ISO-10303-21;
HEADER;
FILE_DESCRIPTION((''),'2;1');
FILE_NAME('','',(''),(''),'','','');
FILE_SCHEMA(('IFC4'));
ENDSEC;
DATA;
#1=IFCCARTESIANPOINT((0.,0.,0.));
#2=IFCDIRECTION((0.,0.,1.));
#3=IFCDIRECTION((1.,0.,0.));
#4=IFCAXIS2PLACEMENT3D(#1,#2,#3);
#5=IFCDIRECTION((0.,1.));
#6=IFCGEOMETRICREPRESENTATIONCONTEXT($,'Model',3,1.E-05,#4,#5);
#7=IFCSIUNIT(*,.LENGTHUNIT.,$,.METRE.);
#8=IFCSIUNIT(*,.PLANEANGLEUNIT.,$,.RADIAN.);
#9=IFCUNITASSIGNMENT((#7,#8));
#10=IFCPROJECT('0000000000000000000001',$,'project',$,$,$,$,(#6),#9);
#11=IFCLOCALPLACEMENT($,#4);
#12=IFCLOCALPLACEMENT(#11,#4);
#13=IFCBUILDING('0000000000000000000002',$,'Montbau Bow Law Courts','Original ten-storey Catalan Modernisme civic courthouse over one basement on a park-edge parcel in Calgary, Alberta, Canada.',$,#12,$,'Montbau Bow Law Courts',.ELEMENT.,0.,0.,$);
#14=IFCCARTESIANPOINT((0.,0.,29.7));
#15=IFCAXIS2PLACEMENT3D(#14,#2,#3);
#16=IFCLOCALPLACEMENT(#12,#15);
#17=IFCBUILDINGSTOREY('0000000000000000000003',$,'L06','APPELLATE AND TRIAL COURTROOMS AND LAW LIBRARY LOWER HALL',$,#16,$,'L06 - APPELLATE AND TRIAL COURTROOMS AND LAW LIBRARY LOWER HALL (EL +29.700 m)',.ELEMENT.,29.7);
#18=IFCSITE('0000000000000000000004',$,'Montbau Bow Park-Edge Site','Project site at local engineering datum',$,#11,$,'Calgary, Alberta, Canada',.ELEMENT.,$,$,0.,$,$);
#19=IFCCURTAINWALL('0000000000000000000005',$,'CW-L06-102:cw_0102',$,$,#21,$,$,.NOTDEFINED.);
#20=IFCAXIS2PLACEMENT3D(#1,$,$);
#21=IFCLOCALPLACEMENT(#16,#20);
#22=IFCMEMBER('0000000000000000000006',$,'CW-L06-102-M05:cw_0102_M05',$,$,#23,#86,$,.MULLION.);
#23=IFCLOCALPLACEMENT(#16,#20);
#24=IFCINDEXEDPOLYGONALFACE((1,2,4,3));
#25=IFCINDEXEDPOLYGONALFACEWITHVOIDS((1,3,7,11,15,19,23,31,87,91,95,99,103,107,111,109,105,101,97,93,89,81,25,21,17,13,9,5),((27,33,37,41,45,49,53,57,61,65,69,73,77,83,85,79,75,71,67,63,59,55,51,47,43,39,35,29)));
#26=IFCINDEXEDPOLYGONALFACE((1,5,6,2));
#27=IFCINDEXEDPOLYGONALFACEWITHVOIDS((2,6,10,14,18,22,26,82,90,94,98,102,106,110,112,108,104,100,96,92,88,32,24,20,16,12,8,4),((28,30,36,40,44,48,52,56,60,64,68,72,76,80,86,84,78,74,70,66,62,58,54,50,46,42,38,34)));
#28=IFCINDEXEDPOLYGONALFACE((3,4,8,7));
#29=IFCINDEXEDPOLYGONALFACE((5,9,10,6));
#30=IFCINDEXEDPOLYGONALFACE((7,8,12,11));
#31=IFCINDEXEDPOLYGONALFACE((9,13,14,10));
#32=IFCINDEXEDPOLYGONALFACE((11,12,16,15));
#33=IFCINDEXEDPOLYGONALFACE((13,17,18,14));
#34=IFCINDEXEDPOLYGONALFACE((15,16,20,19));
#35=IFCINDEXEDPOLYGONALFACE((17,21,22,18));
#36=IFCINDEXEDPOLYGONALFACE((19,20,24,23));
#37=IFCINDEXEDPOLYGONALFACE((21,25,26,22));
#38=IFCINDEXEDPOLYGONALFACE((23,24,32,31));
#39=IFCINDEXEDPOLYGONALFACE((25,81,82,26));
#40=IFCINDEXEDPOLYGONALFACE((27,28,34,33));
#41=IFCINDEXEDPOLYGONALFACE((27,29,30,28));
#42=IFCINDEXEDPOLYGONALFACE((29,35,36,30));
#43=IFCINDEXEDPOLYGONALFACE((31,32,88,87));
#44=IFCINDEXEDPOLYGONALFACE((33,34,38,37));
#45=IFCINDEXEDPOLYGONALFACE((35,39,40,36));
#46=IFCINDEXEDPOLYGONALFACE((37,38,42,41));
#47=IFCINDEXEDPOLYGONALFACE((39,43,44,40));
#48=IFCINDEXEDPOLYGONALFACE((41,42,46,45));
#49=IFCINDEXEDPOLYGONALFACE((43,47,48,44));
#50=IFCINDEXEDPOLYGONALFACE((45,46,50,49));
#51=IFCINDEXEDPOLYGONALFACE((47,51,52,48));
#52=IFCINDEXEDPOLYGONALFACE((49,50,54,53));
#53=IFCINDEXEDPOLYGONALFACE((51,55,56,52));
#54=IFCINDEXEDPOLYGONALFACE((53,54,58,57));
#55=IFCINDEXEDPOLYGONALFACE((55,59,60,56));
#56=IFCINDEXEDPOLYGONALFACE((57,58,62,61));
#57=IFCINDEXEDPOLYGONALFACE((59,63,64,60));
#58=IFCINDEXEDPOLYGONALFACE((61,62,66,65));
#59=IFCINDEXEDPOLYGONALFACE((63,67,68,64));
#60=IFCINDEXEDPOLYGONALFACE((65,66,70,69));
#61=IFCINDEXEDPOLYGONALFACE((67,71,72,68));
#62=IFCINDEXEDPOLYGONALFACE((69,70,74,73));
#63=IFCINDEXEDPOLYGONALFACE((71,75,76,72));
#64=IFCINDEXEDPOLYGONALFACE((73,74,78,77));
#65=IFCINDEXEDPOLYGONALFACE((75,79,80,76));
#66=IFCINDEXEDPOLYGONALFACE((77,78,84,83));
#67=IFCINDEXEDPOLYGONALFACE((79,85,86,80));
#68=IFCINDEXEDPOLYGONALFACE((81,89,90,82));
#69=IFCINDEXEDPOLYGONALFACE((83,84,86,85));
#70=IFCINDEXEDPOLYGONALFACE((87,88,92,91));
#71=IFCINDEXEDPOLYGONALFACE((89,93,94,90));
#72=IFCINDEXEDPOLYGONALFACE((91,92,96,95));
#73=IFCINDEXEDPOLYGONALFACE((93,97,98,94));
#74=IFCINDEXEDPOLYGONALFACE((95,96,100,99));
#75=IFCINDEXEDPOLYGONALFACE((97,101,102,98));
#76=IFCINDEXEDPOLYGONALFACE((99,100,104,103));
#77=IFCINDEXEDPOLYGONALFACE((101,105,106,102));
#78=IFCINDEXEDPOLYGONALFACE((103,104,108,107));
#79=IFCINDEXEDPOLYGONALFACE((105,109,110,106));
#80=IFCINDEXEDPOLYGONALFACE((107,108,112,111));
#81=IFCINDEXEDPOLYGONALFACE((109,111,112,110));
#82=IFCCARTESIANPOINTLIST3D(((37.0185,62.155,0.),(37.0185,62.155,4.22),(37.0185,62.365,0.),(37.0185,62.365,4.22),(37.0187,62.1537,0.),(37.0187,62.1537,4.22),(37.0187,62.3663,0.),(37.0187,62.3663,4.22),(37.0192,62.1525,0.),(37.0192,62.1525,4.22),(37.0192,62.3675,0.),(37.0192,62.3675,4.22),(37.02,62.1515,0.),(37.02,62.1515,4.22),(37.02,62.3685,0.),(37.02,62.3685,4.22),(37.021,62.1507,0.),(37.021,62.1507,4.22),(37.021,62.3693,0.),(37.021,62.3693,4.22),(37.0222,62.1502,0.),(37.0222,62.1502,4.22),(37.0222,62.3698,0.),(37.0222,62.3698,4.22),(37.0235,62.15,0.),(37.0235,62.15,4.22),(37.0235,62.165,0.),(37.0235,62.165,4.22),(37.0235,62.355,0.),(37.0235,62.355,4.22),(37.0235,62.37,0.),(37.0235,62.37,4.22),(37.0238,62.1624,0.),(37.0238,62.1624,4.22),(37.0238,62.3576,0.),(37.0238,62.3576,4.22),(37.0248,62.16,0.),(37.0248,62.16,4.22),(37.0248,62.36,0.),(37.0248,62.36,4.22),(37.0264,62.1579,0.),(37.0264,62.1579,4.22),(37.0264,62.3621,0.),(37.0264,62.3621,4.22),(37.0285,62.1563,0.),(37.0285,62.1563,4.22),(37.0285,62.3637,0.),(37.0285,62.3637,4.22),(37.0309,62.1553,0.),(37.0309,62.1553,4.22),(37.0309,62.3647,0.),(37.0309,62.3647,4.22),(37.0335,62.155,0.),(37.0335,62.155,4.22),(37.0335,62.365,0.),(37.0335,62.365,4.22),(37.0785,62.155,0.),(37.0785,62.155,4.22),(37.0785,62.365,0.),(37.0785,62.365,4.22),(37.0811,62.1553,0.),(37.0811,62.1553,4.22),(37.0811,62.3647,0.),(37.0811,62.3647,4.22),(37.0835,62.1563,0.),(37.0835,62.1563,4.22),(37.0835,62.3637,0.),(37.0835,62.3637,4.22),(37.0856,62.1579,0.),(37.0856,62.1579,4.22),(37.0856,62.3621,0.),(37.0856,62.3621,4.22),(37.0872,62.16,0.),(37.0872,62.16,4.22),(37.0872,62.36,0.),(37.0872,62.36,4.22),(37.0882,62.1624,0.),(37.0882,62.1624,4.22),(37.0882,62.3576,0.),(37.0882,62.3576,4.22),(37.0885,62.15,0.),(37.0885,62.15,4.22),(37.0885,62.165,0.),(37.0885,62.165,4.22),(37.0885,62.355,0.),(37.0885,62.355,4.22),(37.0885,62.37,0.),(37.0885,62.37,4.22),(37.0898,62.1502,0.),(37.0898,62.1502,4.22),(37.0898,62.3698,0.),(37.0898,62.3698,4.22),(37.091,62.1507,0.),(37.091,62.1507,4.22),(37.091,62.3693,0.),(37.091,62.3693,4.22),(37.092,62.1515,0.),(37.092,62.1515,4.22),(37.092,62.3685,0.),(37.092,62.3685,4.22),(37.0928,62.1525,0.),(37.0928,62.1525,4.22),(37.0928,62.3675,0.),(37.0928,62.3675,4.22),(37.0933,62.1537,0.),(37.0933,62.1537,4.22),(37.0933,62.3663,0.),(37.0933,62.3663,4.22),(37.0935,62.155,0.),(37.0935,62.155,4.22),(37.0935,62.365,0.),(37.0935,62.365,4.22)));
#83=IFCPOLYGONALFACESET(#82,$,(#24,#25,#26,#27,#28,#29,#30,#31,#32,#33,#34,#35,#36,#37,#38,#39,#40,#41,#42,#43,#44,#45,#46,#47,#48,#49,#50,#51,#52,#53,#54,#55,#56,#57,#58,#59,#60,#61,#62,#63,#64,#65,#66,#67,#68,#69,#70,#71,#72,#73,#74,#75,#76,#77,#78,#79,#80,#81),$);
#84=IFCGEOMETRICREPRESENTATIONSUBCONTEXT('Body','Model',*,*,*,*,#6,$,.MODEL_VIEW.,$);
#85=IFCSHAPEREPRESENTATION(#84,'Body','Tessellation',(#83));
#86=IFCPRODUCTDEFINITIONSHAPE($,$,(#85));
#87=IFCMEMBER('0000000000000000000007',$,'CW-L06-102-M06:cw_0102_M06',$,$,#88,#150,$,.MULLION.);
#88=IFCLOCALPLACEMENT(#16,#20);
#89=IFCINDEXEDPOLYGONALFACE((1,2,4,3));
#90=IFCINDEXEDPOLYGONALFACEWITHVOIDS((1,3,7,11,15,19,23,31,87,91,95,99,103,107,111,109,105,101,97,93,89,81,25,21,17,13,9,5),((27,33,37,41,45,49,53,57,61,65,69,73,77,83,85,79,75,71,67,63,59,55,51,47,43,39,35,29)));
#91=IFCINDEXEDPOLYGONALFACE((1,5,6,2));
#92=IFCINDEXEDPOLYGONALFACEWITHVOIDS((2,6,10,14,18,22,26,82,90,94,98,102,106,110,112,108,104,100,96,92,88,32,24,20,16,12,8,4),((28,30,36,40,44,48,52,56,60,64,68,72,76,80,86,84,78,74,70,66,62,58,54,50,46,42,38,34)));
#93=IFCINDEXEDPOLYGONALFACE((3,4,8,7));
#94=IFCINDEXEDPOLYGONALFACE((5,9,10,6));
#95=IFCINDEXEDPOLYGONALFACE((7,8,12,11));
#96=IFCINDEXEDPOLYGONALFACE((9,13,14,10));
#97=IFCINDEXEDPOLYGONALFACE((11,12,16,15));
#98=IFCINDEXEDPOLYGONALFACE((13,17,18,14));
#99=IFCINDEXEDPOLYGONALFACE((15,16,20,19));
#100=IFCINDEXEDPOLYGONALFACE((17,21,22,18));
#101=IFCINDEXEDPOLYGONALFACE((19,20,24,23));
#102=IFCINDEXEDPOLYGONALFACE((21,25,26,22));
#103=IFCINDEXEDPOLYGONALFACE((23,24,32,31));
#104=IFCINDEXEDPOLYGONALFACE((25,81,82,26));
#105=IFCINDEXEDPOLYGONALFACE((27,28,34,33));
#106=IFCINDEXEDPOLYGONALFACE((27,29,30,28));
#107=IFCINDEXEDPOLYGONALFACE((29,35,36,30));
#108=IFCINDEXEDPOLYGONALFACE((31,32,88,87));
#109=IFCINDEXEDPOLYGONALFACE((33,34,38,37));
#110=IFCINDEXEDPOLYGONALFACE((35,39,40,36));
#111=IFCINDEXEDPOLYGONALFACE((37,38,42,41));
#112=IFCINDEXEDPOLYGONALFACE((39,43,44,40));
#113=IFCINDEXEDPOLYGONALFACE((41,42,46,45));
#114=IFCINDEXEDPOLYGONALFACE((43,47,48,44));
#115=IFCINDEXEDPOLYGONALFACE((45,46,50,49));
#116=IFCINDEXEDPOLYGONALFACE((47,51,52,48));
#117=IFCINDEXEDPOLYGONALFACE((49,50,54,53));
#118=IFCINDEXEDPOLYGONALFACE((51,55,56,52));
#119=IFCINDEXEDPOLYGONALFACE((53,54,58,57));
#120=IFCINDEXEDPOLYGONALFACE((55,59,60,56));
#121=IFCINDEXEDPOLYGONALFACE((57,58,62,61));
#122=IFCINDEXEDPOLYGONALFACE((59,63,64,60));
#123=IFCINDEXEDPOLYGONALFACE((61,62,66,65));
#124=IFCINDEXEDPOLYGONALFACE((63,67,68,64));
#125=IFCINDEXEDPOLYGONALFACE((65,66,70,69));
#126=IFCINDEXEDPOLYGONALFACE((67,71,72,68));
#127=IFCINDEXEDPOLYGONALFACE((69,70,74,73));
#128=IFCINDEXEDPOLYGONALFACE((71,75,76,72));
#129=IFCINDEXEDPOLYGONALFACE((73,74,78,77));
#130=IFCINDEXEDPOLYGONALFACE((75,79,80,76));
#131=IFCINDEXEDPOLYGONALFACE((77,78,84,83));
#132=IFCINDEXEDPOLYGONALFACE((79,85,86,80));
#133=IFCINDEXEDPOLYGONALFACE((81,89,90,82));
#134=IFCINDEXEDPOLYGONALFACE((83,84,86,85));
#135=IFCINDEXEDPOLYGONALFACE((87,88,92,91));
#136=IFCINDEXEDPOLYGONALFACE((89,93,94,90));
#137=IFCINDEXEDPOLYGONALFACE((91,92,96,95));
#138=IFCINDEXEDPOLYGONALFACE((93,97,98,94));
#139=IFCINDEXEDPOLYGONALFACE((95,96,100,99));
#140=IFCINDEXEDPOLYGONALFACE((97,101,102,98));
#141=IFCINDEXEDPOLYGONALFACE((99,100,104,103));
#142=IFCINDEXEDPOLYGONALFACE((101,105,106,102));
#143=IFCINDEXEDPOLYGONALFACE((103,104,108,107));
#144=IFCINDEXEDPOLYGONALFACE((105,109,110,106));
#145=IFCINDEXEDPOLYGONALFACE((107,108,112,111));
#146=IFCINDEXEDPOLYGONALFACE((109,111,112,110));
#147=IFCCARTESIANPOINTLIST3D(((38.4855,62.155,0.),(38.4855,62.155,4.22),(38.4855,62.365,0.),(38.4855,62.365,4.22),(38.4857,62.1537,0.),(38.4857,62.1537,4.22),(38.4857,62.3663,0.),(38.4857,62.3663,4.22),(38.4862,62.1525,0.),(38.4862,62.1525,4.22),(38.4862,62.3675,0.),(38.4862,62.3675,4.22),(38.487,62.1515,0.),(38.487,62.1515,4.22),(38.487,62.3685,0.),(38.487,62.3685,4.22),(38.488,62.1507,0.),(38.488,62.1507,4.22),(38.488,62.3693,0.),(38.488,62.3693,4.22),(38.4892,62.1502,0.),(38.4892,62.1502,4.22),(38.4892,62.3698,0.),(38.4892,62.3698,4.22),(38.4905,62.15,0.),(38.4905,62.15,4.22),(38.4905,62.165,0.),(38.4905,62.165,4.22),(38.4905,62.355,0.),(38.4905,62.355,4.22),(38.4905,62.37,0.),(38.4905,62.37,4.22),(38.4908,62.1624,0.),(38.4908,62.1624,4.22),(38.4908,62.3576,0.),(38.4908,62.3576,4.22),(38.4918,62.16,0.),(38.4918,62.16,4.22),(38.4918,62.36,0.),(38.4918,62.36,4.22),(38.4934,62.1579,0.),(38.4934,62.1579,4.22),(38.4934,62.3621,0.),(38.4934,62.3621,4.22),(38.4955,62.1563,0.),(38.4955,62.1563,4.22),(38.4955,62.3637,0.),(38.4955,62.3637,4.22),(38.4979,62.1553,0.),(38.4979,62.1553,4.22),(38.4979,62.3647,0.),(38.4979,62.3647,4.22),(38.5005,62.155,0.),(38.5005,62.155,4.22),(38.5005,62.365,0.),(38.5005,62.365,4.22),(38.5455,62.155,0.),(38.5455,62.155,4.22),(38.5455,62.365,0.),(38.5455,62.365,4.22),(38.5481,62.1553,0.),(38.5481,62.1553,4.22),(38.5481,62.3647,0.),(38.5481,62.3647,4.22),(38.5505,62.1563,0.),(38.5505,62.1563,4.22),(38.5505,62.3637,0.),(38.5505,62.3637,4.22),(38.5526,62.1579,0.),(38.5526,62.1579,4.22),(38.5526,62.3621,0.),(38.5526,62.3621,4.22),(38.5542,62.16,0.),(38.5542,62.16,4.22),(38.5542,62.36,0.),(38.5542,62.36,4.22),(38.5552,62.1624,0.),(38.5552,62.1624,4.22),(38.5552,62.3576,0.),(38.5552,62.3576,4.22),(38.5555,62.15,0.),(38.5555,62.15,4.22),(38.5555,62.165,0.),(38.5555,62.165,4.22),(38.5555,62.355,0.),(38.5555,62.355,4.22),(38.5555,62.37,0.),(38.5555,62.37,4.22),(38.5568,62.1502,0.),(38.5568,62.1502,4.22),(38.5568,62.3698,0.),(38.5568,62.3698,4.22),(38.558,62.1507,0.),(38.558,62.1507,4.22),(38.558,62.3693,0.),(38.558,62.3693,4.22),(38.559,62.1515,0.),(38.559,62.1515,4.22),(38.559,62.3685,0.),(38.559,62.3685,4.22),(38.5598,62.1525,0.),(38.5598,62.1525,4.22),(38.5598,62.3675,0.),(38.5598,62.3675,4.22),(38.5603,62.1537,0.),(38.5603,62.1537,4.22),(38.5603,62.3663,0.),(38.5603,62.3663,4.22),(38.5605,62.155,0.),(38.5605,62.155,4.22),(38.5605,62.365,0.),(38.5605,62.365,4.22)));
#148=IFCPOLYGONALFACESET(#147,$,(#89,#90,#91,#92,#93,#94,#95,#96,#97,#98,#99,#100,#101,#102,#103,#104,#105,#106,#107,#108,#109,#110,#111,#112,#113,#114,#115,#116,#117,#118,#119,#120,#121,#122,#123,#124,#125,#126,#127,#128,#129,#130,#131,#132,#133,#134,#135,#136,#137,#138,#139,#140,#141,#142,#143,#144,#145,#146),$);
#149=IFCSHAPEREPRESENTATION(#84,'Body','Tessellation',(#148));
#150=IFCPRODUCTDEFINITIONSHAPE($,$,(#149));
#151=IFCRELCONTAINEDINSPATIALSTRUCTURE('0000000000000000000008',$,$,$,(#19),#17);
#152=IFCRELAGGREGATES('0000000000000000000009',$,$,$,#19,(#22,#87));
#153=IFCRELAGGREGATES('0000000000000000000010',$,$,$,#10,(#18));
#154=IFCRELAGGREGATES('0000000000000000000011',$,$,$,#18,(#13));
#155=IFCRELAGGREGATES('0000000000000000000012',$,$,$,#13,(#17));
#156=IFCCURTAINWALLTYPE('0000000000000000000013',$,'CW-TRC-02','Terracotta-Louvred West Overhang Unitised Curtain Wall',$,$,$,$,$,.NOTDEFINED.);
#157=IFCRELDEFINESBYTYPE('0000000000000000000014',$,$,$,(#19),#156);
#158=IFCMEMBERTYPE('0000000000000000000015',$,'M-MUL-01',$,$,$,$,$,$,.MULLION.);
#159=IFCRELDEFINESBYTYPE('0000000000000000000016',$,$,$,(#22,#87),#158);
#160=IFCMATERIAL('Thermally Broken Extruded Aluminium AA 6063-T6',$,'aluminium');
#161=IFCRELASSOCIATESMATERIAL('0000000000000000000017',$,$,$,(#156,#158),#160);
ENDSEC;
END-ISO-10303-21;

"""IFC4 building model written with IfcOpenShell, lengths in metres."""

from ifc_helpers import new_model, si_unit, direction, frame, origin_with_axes, origin_2d_with_axis, place, context, subcontext, project, spatial, hollow_rectangle, extrude, material, material_profile, profile_set, type_object, element, aggregate, save


model = new_model("IFC4")

# Units and contexts
model_context = context("Model", 3, precision=1e-05, world=origin_with_axes(), true_north=direction((0.0, 1.0)))
body_context = subcontext(model_context, "Body", "Model", "MODEL_VIEW")
ifc_project = project(units=[si_unit("LENGTHUNIT", "METRE"), si_unit("PLANEANGLEUNIT", "RADIAN")], contexts=[model_context])

# Site, building, storey
site_placement = place(None, origin_with_axes())
site = spatial("IfcSite", under=ifc_project, at=site_placement, Name="Montbau Bow Park-Edge Site", Description="Project site at local engineering datum", LongName="Calgary, Alberta, Canada", CompositionType="ELEMENT", RefElevation=0.0)
building_placement = place(site_placement, origin_with_axes())
building = spatial("IfcBuilding", under=site, at=building_placement, Name="Montbau Bow Law Courts", Description="Original ten-storey Catalan Modernisme civic courthouse over one basement on a park-edge parcel in Calgary, Alberta, Canada.", LongName="Montbau Bow Law Courts", CompositionType="ELEMENT", ElevationOfRefHeight=0.0, ElevationOfTerrain=0.0)
storey_placement = place(building_placement, frame((0.0, 0.0, 29.7), z_axis=(0.0, 0.0, 1.0), x_axis=(1.0, 0.0, 0.0)))
storey = spatial("IfcBuildingStorey", under=building, at=storey_placement, Name="L06", Description="APPELLATE AND TRIAL COURTROOMS AND LAW LIBRARY LOWER HALL", LongName="L06 - APPELLATE AND TRIAL COURTROOMS AND LAW LIBRARY LOWER HALL (EL +29.700 m)", CompositionType="ELEMENT", Elevation=29.7)

# Curtain wall, members
ifc_material_1 = material(Name="Thermally Broken Extruded Aluminium AA 6063-T6", Category="aluminium")
curtain_wall_type = type_object("IfcCurtainWallType", Name="CW-TRC-02", Description="Terracotta-Louvred West Overhang Unitised Curtain Wall", PredefinedType="NOTDEFINED", material=ifc_material_1)
curtain_wall_1_placement = place(None, frame((31.04, 62.26, 29.7), z_axis=(0.0, 0.0, 1.0), x_axis=(1.0, 0.0, 0.0)))
curtain_wall_1 = element("IfcCurtainWall", 1, at=curtain_wall_1_placement, inside=storey, type_object=curtain_wall_type, Name="CW-L06-102:cw_0102", PredefinedType="NOTDEFINED")
ifc_material_profile_1 = material_profile(ifc_material_1, hollow_rectangle(XDim=0.075, YDim=0.22, WallThickness=0.005, InnerFilletRadius=0.01, OuterFilletRadius=0.005, at=origin_2d_with_axis()), Name="CWM-220X75", Category="Main", Priority=0)
ifc_profile_set_1 = profile_set([ifc_material_profile_1], Name="Thermally Broken Extruded Aluminium AA 6063-T6")
member_type_1 = type_object("IfcMemberType", Name="M-MUL-01", PredefinedType="MULLION", material=ifc_profile_set_1)
member_1_placement = place(None, frame((37.056, 62.26, 29.7), z_axis=(0.0, 0.0, 1.0), x_axis=(1.0, 0.0, 0.0)))
member_1 = element("IfcMember", 2, at=member_1_placement, type_object=member_type_1, Name="CW-L06-102-M05:cw_0102_M05", PredefinedType="MULLION", context=body_context, shape_type="SweptSolid", body=[
    extrude(hollow_rectangle(XDim=0.075, YDim=0.22, WallThickness=0.005, InnerFilletRadius=0.01, OuterFilletRadius=0.005, at=origin_2d_with_axis()), origin_with_axes(), (0.0, 0.0, 1.0), 4.22),
])
member_2_placement = place(None, frame((38.523, 62.26, 29.7), z_axis=(0.0, 0.0, 1.0), x_axis=(1.0, 0.0, 0.0)))
member_2 = element("IfcMember", 3, at=member_2_placement, type_object=member_type_1, Name="CW-L06-102-M06:cw_0102_M06", PredefinedType="MULLION", context=body_context, shape_type="SweptSolid", body=[
    extrude(hollow_rectangle(XDim=0.075, YDim=0.22, WallThickness=0.005, InnerFilletRadius=0.01, OuterFilletRadius=0.005, at=origin_2d_with_axis()), origin_with_axes(), (0.0, 0.0, 1.0), 4.22),
])

aggregate(curtain_wall_1, [member_1, member_2])

save(model, "model.ifc")
